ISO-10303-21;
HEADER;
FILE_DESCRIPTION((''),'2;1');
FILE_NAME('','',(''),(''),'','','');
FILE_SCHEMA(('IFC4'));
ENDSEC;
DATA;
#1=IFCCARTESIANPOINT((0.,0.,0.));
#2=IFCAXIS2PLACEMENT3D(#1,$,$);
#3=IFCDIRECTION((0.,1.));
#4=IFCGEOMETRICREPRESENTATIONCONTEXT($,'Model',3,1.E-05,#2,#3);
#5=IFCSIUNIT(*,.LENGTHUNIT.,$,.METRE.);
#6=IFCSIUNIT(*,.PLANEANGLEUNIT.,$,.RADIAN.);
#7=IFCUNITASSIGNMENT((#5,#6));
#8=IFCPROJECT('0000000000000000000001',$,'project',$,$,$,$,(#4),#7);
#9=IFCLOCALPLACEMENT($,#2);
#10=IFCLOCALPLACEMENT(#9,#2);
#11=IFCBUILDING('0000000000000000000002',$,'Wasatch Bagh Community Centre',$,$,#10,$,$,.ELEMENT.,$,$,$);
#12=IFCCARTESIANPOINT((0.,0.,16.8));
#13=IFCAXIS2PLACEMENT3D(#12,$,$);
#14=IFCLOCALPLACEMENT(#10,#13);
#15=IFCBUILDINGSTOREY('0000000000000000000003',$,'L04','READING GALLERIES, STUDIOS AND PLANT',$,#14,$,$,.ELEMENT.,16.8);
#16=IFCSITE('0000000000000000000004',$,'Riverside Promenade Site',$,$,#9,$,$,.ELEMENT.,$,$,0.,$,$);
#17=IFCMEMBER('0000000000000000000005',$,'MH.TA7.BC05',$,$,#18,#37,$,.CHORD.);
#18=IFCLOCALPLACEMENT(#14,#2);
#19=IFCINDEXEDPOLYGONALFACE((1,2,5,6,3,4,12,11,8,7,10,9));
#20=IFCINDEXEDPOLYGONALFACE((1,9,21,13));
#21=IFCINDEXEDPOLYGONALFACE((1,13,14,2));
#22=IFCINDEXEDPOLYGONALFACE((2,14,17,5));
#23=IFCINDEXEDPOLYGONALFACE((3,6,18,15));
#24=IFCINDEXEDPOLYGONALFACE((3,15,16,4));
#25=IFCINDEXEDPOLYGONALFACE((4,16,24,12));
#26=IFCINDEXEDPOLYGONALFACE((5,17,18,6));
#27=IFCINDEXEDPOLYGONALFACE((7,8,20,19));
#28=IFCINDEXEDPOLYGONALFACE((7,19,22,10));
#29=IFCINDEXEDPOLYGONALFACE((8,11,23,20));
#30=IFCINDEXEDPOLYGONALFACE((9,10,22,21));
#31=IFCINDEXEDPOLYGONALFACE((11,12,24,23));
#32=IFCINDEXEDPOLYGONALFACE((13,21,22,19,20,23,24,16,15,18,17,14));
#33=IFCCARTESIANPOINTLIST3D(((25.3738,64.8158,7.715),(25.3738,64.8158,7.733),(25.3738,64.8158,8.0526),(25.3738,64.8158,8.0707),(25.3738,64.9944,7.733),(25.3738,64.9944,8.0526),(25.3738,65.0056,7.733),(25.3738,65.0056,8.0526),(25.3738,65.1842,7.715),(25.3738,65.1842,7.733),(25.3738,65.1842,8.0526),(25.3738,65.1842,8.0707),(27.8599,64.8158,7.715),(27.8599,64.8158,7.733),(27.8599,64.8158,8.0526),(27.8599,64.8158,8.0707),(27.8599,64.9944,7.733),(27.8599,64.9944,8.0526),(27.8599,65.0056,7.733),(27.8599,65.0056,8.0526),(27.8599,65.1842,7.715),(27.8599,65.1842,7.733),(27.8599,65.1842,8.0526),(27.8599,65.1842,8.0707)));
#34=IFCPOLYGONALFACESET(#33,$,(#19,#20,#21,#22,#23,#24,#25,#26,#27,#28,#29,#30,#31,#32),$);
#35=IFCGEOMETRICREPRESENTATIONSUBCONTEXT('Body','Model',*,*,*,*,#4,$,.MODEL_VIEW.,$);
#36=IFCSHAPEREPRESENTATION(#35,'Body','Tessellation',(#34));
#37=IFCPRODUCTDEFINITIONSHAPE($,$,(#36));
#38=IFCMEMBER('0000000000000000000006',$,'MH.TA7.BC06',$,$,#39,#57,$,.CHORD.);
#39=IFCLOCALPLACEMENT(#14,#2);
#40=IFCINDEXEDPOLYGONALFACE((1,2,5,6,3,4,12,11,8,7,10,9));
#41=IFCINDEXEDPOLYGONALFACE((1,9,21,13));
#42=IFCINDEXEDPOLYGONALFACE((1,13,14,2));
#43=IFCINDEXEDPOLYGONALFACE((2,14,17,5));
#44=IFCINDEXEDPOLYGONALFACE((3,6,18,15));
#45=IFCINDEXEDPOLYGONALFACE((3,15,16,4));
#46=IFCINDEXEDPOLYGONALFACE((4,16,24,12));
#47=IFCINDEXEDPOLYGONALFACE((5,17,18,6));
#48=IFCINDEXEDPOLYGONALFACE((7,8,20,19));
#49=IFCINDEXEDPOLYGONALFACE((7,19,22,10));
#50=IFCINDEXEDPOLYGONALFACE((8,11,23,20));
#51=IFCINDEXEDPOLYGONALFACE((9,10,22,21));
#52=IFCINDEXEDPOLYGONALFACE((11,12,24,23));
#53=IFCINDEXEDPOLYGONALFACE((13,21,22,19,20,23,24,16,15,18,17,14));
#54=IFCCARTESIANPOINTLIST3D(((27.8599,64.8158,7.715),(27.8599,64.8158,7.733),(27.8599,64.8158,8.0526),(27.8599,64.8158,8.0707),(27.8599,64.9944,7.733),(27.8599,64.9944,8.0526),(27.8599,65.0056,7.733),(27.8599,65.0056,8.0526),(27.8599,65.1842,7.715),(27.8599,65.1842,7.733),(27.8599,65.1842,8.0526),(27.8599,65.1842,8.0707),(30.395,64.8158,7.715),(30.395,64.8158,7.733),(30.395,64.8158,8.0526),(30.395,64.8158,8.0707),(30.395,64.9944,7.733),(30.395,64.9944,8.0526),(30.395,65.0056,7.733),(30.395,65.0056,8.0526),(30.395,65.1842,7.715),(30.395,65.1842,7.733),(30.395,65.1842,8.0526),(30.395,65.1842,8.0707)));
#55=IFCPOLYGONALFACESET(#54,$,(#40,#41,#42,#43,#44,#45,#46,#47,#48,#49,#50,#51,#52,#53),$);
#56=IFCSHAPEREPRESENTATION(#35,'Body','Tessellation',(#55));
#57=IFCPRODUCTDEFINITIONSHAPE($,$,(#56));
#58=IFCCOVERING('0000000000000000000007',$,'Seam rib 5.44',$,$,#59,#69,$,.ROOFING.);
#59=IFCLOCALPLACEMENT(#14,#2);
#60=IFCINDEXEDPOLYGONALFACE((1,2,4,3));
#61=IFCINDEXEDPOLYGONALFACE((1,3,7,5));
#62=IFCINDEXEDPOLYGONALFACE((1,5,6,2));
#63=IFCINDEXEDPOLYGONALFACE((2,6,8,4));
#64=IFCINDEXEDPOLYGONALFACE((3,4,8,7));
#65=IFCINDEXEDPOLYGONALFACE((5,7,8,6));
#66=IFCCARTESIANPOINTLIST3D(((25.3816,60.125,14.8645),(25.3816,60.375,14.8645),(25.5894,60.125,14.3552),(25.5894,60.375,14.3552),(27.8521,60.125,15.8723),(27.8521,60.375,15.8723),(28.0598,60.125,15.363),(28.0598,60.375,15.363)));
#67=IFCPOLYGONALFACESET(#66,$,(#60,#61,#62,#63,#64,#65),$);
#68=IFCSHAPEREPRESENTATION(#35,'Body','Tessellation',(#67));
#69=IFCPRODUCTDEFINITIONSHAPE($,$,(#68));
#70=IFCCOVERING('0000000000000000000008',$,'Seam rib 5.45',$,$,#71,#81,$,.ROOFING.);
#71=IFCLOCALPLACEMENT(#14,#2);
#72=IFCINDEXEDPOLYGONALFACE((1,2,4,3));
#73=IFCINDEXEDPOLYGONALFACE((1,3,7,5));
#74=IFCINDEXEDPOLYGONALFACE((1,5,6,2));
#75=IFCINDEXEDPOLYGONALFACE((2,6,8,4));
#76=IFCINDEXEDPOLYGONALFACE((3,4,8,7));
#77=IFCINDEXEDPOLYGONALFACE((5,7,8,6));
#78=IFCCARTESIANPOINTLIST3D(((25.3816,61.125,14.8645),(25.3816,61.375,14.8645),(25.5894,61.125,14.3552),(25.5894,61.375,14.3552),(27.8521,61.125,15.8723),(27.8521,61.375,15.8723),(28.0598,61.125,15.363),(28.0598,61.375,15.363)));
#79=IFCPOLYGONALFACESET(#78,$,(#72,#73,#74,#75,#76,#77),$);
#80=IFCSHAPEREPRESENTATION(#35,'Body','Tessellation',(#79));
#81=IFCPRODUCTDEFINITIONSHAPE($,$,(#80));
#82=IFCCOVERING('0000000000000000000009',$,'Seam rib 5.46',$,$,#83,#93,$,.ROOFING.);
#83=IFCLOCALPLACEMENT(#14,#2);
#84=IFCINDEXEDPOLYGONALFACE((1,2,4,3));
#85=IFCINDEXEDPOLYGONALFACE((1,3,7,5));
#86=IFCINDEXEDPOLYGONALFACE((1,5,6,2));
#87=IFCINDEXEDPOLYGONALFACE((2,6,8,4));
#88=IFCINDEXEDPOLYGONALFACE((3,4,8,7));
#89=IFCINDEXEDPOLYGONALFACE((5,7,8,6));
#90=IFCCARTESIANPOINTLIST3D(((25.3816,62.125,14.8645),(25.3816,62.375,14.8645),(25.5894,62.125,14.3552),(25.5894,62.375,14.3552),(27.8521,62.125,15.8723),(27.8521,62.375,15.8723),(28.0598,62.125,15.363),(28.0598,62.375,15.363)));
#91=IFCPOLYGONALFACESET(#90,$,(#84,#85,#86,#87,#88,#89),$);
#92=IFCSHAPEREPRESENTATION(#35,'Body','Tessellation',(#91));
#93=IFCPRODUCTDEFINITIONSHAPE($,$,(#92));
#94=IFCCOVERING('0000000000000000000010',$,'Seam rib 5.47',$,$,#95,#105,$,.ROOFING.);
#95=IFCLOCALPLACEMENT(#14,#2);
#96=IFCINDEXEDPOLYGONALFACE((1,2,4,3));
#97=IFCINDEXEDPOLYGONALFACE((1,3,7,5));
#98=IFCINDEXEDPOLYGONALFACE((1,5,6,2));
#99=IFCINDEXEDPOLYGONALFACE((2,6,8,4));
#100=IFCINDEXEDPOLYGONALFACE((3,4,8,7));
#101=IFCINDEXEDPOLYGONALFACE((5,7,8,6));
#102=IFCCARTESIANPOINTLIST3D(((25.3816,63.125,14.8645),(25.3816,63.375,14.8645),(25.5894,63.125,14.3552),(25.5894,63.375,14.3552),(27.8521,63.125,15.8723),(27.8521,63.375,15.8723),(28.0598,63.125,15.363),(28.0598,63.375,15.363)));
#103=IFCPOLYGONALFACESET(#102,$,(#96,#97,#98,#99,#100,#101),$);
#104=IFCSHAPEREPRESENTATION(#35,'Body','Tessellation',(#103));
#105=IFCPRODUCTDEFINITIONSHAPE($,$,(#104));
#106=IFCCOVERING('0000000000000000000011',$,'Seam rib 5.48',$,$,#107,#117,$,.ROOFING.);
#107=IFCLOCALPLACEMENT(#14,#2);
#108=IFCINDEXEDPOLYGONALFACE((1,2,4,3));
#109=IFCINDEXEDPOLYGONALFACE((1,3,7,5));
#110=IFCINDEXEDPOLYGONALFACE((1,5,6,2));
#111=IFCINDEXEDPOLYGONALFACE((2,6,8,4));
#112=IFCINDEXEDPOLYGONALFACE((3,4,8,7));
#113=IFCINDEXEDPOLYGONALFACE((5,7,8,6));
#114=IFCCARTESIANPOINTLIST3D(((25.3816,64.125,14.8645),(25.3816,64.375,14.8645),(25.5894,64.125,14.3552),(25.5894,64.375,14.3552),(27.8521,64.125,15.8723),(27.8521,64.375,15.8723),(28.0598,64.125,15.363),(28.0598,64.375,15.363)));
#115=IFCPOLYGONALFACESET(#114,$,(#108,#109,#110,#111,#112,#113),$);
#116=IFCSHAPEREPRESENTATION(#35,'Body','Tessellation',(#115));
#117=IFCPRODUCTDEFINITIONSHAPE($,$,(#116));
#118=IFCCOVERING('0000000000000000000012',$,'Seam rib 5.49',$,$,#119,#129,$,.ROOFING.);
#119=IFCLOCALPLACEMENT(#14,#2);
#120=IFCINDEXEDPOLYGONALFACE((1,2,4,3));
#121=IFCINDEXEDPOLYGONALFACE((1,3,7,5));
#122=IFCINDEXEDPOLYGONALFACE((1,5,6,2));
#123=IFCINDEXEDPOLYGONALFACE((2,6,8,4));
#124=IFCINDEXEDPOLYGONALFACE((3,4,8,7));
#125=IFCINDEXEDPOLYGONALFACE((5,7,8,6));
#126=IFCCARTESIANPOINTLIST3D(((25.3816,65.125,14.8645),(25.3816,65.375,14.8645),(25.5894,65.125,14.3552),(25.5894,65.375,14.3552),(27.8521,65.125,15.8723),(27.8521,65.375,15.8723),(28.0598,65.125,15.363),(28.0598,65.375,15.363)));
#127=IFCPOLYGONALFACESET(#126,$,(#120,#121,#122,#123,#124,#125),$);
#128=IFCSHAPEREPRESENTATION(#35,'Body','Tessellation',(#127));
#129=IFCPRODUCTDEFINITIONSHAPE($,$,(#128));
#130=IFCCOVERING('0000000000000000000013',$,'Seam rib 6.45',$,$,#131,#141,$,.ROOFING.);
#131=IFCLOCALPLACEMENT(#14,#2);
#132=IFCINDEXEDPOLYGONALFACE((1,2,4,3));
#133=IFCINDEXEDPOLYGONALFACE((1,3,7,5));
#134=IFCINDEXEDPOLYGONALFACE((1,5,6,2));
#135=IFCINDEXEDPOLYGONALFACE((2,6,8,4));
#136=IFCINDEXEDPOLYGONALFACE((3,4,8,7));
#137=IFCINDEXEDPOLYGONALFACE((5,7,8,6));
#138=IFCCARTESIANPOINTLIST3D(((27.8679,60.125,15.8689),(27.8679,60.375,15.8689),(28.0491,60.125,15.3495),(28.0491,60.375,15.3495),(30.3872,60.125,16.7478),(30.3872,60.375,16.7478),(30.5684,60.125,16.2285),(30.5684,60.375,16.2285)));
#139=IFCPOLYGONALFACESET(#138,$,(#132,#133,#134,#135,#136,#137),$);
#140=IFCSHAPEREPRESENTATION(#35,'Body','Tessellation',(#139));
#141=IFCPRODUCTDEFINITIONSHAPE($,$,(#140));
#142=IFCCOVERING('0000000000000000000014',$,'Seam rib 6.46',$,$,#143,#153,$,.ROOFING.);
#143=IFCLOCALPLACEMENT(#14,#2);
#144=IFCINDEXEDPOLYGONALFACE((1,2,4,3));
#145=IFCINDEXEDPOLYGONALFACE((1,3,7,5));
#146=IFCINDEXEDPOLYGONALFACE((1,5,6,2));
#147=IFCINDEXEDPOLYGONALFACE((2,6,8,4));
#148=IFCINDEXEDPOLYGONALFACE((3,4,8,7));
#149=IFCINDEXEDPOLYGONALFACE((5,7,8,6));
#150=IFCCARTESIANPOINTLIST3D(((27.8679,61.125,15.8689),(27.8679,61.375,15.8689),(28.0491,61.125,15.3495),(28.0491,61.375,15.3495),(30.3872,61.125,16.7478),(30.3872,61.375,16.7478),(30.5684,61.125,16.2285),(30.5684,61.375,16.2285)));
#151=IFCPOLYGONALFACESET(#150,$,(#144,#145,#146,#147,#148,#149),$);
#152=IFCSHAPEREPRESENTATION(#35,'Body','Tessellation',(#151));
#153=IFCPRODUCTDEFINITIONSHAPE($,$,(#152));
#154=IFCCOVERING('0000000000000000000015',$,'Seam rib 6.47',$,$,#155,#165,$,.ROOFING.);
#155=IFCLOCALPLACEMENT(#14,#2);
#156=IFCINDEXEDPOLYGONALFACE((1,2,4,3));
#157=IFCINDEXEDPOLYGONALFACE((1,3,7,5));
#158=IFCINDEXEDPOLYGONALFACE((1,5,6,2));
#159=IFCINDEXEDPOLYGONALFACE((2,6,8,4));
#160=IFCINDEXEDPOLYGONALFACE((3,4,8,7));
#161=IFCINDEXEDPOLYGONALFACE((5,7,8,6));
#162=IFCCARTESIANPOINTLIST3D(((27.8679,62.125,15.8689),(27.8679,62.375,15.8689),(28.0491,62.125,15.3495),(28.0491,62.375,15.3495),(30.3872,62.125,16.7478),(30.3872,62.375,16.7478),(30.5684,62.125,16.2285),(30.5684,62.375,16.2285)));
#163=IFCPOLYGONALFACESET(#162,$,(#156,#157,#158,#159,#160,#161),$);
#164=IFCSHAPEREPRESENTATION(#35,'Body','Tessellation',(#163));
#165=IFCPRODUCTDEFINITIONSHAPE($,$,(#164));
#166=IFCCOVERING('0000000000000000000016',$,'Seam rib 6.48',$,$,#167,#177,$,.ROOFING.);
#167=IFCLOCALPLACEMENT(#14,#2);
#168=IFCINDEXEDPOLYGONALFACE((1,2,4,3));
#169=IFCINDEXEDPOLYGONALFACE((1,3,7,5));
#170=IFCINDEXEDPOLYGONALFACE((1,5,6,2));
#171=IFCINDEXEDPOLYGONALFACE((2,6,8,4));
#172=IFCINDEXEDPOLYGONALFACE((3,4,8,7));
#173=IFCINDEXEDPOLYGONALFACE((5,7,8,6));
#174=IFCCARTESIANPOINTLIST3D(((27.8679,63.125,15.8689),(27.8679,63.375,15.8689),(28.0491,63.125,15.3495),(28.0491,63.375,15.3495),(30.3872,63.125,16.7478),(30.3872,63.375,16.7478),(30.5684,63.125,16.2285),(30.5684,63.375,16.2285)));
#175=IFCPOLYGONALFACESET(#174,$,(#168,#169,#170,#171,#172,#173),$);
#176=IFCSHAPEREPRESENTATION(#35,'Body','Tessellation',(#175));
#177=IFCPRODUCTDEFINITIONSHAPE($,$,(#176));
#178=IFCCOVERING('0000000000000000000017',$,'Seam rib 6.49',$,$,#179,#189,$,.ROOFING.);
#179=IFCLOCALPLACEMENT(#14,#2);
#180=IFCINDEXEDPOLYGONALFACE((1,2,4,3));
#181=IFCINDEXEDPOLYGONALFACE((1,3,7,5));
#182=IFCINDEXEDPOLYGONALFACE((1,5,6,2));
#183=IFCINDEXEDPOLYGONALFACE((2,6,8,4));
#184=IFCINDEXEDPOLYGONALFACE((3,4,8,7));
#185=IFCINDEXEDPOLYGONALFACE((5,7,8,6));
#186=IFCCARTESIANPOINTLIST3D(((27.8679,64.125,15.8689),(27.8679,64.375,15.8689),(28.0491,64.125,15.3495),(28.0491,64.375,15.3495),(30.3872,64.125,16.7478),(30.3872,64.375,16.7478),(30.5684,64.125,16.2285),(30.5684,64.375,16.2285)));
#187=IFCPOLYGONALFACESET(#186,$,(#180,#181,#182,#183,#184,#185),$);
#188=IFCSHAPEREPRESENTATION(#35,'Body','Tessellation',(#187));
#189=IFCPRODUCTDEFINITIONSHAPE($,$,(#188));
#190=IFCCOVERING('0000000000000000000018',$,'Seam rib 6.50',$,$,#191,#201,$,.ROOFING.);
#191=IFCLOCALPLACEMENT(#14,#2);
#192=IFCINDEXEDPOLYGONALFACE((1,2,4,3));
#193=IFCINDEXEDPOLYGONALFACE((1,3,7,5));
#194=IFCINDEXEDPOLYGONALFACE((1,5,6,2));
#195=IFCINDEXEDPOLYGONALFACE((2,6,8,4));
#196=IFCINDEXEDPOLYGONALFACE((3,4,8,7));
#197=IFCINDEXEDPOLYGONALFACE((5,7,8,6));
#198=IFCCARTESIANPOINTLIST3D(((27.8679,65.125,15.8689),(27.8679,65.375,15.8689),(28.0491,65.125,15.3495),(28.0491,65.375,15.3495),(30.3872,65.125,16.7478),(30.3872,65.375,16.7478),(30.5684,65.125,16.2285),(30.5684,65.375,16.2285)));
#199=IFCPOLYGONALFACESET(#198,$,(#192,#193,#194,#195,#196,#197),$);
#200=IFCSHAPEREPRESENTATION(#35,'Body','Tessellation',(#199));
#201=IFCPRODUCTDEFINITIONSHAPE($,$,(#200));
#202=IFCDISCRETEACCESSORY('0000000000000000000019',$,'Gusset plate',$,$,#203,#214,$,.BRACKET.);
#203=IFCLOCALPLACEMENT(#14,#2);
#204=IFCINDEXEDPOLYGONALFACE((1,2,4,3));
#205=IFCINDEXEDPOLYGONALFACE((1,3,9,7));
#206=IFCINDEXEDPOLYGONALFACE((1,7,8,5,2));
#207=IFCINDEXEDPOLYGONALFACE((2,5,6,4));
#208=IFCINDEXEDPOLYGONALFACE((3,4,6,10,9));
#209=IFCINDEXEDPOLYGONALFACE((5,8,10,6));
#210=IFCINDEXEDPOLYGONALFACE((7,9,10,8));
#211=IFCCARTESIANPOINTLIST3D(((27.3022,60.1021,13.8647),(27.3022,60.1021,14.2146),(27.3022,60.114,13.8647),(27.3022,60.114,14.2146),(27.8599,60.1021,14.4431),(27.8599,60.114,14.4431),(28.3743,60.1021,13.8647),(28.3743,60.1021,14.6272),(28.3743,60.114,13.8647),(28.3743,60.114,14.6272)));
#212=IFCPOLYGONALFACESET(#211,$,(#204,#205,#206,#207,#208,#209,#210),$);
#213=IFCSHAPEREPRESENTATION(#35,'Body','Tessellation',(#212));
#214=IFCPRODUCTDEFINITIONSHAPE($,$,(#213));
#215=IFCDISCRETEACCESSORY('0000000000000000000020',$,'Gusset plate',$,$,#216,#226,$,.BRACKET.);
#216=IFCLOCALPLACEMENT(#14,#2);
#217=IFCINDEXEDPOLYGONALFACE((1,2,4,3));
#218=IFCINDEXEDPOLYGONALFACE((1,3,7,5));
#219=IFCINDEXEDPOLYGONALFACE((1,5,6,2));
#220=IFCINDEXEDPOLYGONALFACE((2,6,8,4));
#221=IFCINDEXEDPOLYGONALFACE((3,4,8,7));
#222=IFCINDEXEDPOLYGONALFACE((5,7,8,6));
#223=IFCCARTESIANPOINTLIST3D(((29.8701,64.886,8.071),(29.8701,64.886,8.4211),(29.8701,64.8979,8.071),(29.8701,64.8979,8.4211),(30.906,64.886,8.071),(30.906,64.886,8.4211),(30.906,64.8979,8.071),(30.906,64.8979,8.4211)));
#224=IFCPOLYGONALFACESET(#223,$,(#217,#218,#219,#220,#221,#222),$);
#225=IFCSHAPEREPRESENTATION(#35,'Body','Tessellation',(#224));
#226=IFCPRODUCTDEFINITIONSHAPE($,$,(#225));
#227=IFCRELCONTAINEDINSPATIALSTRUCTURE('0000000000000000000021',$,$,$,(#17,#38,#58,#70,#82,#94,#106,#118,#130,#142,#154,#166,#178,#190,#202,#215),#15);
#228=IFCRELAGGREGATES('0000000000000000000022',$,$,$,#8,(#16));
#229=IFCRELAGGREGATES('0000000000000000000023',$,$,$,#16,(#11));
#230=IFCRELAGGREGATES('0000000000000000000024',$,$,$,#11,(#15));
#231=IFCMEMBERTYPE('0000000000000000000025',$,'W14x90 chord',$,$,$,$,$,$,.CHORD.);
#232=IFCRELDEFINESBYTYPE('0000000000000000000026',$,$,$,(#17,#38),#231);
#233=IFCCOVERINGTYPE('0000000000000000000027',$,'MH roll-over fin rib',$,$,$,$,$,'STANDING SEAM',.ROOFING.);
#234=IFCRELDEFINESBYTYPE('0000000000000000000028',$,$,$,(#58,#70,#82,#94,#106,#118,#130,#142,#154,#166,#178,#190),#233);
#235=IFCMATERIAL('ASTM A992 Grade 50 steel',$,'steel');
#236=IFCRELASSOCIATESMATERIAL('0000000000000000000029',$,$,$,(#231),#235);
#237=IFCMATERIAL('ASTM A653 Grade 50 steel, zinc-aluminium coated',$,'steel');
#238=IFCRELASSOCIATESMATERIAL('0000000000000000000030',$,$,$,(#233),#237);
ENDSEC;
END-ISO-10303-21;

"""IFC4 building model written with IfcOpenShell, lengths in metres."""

from ifc_helpers import new_model, si_unit, direction, frame, origin, origin_2d, place, context, subcontext, project, spatial, polyline, i_section, outline, extrude, material, material_profile, profile_set, type_object, element, save


model = new_model("IFC4")

# Units and contexts
model_context = context("Model", 3, precision=1e-05, world=origin(), true_north=direction((0.0, 1.0)))
body_context = subcontext(model_context, "Body", "Model", "MODEL_VIEW")
ifc_project = project(units=[si_unit("LENGTHUNIT", "METRE"), si_unit("PLANEANGLEUNIT", "RADIAN")], contexts=[model_context])

# Site, building, storey
site_placement = place(None, origin())
site = spatial("IfcSite", under=ifc_project, at=site_placement, Name="Riverside Promenade Site", CompositionType="ELEMENT", RefElevation=0.0)
building_placement = place(site_placement, origin())
building = spatial("IfcBuilding", under=site, at=building_placement, Name="Wasatch Bagh Community Centre", CompositionType="ELEMENT")
storey_placement = place(building_placement, frame((0.0, 0.0, 16.8)))
storey = spatial("IfcBuildingStorey", under=building, at=storey_placement, Name="L04", Description="READING GALLERIES, STUDIOS AND PLANT", CompositionType="ELEMENT", Elevation=16.8)

# Members
ifc_material_1 = material(Name="ASTM A992 Grade 50 steel", Category="steel")
ifc_material_profile_1 = material_profile(ifc_material_1, i_section(OverallWidth=0.3684, OverallDepth=0.3557, WebThickness=0.0112, FlangeThickness=0.0181, at=origin_2d()), Name="W14x90")
ifc_profile_set_1 = profile_set([ifc_material_profile_1], Name="ASTM A992 Grade 50 steel")
member_type_1 = type_object("IfcMemberType", Name="W14x90 chord", PredefinedType="CHORD", material=ifc_profile_set_1)
member_1_placement = place(storey_placement, frame((25.3738, 65.0, 7.8928), z_axis=(1.0, 0.0, 0.0), x_axis=(0.0, 1.0, 0.0)))
element("IfcMember", 1, at=member_1_placement, inside=storey, type_object=member_type_1, Name="MH.TA7.BC05", PredefinedType="CHORD", context=body_context, shape_type="SweptSolid", body=[
    extrude(i_section(OverallWidth=0.3684, OverallDepth=0.3557, WebThickness=0.0112, FlangeThickness=0.0181, at=origin_2d()), origin(), (0.0, 0.0, 1.0), 2.4861),
])
member_2_placement = place(storey_placement, frame((27.8599, 65.0, 7.8928), z_axis=(1.0, 0.0, 0.0), x_axis=(0.0, 1.0, 0.0)))
element("IfcMember", 2, at=member_2_placement, inside=storey, type_object=member_type_1, Name="MH.TA7.BC06", PredefinedType="CHORD", context=body_context, shape_type="SweptSolid", body=[
    extrude(i_section(OverallWidth=0.3684, OverallDepth=0.3557, WebThickness=0.0112, FlangeThickness=0.0181, at=origin_2d()), origin(), (0.0, 0.0, 1.0), 2.5352),
])

# Coverings
ifc_material_2 = material(Name="ASTM A653 Grade 50 steel, zinc-aluminium coated", Category="steel")
covering_type = type_object("IfcCoveringType", Name="MH roll-over fin rib", ElementType="STANDING SEAM", PredefinedType="ROOFING", material=ifc_material_2)
for number, where, z_axis, x_axis, name in (
    (3, (25.3816, 60.125, 14.8645), (-0.377724, 0.0, 0.925918), (0.925918, 0.0, 0.377724), "Seam rib 5.44"),
    (4, (25.3816, 61.125, 14.8645), (-0.377724, 0.0, 0.925918), (0.925918, 0.0, 0.377724), "Seam rib 5.45"),
    (5, (25.3816, 62.125, 14.8645), (-0.377724, 0.0, 0.925918), (0.925918, 0.0, 0.377724), "Seam rib 5.46"),
    (6, (25.3816, 63.125, 14.8645), (-0.377724, 0.0, 0.925918), (0.925918, 0.0, 0.377724), "Seam rib 5.47"),
    (7, (25.3816, 64.125, 14.8645), (-0.377724, 0.0, 0.925918), (0.925918, 0.0, 0.377724), "Seam rib 5.48"),
    (8, (25.3816, 65.125, 14.8645), (-0.377724, 0.0, 0.925918), (0.925918, 0.0, 0.377724), "Seam rib 5.49"),
):
    element("IfcCovering", number, at=place(storey_placement, frame(where, z_axis=z_axis, x_axis=x_axis)), inside=storey, type_object=covering_type, Name=name, PredefinedType="ROOFING", context=body_context, shape_type="SweptSolid", body=[
        extrude(outline(polyline([(0.0, 0.0), (2.6681, 0.0), (2.6681, 0.25), (0.0, 0.25), (0.0, 0.0)])), origin(), (0.0, 0.0, -1.0), 0.55),
    ])
for number, where, z_axis, x_axis, name in (
    (9, (27.8679, 60.125, 15.8689), (-0.329401, 0.0, 0.94419), (0.94419, 0.0, 0.329401), "Seam rib 6.45"),
    (10, (27.8679, 61.125, 15.8689), (-0.329401, 0.0, 0.94419), (0.94419, 0.0, 0.329401), "Seam rib 6.46"),
    (11, (27.8679, 62.125, 15.8689), (-0.329401, 0.0, 0.94419), (0.94419, 0.0, 0.329401), "Seam rib 6.47"),
    (12, (27.8679, 63.125, 15.8689), (-0.329401, 0.0, 0.94419), (0.94419, 0.0, 0.329401), "Seam rib 6.48"),
    (13, (27.8679, 64.125, 15.8689), (-0.329401, 0.0, 0.94419), (0.94419, 0.0, 0.329401), "Seam rib 6.49"),
    (14, (27.8679, 65.125, 15.8689), (-0.329401, 0.0, 0.94419), (0.94419, 0.0, 0.329401), "Seam rib 6.50"),
):
    element("IfcCovering", number, at=place(storey_placement, frame(where, z_axis=z_axis, x_axis=x_axis)), inside=storey, type_object=covering_type, Name=name, PredefinedType="ROOFING", context=body_context, shape_type="SweptSolid", body=[
        extrude(outline(polyline([(0.0, 0.0), (2.6682, 0.0), (2.6682, 0.25), (0.0, 0.25), (0.0, 0.0)])), origin(), (0.0, 0.0, -1.0), 0.55),
    ])

# Discrete accessories
discrete_accessory_1_placement = place(storey_placement, frame((27.3022, 60.114, 14.2146), z_axis=(0.0, 1.0, 0.0), x_axis=(0.925314, 0.0, 0.379201)))
element("IfcDiscreteAccessory", 15, at=discrete_accessory_1_placement, inside=storey, Name="Gusset plate", PredefinedType="BRACKET", context=body_context, shape_type="SweptSolid", body=[
    extrude(outline(polyline([(0.0, 0.0), (0.6026, 0.0), (1.1484, 0.0247), (0.8593, 0.7302), (-0.1327, 0.3237), (0.0, 0.0)])), origin(), (0.0, 0.0, -1.0), 0.012),
])
discrete_accessory_2_placement = place(storey_placement, frame((29.8701, 64.886, 8.071), z_axis=(0.0, -1.0, 0.0), x_axis=(1.0, 0.0, 0.0)))
element("IfcDiscreteAccessory", 16, at=discrete_accessory_2_placement, inside=storey, Name="Gusset plate", PredefinedType="BRACKET", context=body_context, shape_type="SweptSolid", body=[
    extrude(outline(polyline([(0.0, 0.0), (1.0359, 0.0), (1.0359, 0.3501), (0.0, 0.3501), (0.0, 0.0)])), origin(), (0.0, 0.0, -1.0), 0.012),
])

save(model, "model.ifc")
